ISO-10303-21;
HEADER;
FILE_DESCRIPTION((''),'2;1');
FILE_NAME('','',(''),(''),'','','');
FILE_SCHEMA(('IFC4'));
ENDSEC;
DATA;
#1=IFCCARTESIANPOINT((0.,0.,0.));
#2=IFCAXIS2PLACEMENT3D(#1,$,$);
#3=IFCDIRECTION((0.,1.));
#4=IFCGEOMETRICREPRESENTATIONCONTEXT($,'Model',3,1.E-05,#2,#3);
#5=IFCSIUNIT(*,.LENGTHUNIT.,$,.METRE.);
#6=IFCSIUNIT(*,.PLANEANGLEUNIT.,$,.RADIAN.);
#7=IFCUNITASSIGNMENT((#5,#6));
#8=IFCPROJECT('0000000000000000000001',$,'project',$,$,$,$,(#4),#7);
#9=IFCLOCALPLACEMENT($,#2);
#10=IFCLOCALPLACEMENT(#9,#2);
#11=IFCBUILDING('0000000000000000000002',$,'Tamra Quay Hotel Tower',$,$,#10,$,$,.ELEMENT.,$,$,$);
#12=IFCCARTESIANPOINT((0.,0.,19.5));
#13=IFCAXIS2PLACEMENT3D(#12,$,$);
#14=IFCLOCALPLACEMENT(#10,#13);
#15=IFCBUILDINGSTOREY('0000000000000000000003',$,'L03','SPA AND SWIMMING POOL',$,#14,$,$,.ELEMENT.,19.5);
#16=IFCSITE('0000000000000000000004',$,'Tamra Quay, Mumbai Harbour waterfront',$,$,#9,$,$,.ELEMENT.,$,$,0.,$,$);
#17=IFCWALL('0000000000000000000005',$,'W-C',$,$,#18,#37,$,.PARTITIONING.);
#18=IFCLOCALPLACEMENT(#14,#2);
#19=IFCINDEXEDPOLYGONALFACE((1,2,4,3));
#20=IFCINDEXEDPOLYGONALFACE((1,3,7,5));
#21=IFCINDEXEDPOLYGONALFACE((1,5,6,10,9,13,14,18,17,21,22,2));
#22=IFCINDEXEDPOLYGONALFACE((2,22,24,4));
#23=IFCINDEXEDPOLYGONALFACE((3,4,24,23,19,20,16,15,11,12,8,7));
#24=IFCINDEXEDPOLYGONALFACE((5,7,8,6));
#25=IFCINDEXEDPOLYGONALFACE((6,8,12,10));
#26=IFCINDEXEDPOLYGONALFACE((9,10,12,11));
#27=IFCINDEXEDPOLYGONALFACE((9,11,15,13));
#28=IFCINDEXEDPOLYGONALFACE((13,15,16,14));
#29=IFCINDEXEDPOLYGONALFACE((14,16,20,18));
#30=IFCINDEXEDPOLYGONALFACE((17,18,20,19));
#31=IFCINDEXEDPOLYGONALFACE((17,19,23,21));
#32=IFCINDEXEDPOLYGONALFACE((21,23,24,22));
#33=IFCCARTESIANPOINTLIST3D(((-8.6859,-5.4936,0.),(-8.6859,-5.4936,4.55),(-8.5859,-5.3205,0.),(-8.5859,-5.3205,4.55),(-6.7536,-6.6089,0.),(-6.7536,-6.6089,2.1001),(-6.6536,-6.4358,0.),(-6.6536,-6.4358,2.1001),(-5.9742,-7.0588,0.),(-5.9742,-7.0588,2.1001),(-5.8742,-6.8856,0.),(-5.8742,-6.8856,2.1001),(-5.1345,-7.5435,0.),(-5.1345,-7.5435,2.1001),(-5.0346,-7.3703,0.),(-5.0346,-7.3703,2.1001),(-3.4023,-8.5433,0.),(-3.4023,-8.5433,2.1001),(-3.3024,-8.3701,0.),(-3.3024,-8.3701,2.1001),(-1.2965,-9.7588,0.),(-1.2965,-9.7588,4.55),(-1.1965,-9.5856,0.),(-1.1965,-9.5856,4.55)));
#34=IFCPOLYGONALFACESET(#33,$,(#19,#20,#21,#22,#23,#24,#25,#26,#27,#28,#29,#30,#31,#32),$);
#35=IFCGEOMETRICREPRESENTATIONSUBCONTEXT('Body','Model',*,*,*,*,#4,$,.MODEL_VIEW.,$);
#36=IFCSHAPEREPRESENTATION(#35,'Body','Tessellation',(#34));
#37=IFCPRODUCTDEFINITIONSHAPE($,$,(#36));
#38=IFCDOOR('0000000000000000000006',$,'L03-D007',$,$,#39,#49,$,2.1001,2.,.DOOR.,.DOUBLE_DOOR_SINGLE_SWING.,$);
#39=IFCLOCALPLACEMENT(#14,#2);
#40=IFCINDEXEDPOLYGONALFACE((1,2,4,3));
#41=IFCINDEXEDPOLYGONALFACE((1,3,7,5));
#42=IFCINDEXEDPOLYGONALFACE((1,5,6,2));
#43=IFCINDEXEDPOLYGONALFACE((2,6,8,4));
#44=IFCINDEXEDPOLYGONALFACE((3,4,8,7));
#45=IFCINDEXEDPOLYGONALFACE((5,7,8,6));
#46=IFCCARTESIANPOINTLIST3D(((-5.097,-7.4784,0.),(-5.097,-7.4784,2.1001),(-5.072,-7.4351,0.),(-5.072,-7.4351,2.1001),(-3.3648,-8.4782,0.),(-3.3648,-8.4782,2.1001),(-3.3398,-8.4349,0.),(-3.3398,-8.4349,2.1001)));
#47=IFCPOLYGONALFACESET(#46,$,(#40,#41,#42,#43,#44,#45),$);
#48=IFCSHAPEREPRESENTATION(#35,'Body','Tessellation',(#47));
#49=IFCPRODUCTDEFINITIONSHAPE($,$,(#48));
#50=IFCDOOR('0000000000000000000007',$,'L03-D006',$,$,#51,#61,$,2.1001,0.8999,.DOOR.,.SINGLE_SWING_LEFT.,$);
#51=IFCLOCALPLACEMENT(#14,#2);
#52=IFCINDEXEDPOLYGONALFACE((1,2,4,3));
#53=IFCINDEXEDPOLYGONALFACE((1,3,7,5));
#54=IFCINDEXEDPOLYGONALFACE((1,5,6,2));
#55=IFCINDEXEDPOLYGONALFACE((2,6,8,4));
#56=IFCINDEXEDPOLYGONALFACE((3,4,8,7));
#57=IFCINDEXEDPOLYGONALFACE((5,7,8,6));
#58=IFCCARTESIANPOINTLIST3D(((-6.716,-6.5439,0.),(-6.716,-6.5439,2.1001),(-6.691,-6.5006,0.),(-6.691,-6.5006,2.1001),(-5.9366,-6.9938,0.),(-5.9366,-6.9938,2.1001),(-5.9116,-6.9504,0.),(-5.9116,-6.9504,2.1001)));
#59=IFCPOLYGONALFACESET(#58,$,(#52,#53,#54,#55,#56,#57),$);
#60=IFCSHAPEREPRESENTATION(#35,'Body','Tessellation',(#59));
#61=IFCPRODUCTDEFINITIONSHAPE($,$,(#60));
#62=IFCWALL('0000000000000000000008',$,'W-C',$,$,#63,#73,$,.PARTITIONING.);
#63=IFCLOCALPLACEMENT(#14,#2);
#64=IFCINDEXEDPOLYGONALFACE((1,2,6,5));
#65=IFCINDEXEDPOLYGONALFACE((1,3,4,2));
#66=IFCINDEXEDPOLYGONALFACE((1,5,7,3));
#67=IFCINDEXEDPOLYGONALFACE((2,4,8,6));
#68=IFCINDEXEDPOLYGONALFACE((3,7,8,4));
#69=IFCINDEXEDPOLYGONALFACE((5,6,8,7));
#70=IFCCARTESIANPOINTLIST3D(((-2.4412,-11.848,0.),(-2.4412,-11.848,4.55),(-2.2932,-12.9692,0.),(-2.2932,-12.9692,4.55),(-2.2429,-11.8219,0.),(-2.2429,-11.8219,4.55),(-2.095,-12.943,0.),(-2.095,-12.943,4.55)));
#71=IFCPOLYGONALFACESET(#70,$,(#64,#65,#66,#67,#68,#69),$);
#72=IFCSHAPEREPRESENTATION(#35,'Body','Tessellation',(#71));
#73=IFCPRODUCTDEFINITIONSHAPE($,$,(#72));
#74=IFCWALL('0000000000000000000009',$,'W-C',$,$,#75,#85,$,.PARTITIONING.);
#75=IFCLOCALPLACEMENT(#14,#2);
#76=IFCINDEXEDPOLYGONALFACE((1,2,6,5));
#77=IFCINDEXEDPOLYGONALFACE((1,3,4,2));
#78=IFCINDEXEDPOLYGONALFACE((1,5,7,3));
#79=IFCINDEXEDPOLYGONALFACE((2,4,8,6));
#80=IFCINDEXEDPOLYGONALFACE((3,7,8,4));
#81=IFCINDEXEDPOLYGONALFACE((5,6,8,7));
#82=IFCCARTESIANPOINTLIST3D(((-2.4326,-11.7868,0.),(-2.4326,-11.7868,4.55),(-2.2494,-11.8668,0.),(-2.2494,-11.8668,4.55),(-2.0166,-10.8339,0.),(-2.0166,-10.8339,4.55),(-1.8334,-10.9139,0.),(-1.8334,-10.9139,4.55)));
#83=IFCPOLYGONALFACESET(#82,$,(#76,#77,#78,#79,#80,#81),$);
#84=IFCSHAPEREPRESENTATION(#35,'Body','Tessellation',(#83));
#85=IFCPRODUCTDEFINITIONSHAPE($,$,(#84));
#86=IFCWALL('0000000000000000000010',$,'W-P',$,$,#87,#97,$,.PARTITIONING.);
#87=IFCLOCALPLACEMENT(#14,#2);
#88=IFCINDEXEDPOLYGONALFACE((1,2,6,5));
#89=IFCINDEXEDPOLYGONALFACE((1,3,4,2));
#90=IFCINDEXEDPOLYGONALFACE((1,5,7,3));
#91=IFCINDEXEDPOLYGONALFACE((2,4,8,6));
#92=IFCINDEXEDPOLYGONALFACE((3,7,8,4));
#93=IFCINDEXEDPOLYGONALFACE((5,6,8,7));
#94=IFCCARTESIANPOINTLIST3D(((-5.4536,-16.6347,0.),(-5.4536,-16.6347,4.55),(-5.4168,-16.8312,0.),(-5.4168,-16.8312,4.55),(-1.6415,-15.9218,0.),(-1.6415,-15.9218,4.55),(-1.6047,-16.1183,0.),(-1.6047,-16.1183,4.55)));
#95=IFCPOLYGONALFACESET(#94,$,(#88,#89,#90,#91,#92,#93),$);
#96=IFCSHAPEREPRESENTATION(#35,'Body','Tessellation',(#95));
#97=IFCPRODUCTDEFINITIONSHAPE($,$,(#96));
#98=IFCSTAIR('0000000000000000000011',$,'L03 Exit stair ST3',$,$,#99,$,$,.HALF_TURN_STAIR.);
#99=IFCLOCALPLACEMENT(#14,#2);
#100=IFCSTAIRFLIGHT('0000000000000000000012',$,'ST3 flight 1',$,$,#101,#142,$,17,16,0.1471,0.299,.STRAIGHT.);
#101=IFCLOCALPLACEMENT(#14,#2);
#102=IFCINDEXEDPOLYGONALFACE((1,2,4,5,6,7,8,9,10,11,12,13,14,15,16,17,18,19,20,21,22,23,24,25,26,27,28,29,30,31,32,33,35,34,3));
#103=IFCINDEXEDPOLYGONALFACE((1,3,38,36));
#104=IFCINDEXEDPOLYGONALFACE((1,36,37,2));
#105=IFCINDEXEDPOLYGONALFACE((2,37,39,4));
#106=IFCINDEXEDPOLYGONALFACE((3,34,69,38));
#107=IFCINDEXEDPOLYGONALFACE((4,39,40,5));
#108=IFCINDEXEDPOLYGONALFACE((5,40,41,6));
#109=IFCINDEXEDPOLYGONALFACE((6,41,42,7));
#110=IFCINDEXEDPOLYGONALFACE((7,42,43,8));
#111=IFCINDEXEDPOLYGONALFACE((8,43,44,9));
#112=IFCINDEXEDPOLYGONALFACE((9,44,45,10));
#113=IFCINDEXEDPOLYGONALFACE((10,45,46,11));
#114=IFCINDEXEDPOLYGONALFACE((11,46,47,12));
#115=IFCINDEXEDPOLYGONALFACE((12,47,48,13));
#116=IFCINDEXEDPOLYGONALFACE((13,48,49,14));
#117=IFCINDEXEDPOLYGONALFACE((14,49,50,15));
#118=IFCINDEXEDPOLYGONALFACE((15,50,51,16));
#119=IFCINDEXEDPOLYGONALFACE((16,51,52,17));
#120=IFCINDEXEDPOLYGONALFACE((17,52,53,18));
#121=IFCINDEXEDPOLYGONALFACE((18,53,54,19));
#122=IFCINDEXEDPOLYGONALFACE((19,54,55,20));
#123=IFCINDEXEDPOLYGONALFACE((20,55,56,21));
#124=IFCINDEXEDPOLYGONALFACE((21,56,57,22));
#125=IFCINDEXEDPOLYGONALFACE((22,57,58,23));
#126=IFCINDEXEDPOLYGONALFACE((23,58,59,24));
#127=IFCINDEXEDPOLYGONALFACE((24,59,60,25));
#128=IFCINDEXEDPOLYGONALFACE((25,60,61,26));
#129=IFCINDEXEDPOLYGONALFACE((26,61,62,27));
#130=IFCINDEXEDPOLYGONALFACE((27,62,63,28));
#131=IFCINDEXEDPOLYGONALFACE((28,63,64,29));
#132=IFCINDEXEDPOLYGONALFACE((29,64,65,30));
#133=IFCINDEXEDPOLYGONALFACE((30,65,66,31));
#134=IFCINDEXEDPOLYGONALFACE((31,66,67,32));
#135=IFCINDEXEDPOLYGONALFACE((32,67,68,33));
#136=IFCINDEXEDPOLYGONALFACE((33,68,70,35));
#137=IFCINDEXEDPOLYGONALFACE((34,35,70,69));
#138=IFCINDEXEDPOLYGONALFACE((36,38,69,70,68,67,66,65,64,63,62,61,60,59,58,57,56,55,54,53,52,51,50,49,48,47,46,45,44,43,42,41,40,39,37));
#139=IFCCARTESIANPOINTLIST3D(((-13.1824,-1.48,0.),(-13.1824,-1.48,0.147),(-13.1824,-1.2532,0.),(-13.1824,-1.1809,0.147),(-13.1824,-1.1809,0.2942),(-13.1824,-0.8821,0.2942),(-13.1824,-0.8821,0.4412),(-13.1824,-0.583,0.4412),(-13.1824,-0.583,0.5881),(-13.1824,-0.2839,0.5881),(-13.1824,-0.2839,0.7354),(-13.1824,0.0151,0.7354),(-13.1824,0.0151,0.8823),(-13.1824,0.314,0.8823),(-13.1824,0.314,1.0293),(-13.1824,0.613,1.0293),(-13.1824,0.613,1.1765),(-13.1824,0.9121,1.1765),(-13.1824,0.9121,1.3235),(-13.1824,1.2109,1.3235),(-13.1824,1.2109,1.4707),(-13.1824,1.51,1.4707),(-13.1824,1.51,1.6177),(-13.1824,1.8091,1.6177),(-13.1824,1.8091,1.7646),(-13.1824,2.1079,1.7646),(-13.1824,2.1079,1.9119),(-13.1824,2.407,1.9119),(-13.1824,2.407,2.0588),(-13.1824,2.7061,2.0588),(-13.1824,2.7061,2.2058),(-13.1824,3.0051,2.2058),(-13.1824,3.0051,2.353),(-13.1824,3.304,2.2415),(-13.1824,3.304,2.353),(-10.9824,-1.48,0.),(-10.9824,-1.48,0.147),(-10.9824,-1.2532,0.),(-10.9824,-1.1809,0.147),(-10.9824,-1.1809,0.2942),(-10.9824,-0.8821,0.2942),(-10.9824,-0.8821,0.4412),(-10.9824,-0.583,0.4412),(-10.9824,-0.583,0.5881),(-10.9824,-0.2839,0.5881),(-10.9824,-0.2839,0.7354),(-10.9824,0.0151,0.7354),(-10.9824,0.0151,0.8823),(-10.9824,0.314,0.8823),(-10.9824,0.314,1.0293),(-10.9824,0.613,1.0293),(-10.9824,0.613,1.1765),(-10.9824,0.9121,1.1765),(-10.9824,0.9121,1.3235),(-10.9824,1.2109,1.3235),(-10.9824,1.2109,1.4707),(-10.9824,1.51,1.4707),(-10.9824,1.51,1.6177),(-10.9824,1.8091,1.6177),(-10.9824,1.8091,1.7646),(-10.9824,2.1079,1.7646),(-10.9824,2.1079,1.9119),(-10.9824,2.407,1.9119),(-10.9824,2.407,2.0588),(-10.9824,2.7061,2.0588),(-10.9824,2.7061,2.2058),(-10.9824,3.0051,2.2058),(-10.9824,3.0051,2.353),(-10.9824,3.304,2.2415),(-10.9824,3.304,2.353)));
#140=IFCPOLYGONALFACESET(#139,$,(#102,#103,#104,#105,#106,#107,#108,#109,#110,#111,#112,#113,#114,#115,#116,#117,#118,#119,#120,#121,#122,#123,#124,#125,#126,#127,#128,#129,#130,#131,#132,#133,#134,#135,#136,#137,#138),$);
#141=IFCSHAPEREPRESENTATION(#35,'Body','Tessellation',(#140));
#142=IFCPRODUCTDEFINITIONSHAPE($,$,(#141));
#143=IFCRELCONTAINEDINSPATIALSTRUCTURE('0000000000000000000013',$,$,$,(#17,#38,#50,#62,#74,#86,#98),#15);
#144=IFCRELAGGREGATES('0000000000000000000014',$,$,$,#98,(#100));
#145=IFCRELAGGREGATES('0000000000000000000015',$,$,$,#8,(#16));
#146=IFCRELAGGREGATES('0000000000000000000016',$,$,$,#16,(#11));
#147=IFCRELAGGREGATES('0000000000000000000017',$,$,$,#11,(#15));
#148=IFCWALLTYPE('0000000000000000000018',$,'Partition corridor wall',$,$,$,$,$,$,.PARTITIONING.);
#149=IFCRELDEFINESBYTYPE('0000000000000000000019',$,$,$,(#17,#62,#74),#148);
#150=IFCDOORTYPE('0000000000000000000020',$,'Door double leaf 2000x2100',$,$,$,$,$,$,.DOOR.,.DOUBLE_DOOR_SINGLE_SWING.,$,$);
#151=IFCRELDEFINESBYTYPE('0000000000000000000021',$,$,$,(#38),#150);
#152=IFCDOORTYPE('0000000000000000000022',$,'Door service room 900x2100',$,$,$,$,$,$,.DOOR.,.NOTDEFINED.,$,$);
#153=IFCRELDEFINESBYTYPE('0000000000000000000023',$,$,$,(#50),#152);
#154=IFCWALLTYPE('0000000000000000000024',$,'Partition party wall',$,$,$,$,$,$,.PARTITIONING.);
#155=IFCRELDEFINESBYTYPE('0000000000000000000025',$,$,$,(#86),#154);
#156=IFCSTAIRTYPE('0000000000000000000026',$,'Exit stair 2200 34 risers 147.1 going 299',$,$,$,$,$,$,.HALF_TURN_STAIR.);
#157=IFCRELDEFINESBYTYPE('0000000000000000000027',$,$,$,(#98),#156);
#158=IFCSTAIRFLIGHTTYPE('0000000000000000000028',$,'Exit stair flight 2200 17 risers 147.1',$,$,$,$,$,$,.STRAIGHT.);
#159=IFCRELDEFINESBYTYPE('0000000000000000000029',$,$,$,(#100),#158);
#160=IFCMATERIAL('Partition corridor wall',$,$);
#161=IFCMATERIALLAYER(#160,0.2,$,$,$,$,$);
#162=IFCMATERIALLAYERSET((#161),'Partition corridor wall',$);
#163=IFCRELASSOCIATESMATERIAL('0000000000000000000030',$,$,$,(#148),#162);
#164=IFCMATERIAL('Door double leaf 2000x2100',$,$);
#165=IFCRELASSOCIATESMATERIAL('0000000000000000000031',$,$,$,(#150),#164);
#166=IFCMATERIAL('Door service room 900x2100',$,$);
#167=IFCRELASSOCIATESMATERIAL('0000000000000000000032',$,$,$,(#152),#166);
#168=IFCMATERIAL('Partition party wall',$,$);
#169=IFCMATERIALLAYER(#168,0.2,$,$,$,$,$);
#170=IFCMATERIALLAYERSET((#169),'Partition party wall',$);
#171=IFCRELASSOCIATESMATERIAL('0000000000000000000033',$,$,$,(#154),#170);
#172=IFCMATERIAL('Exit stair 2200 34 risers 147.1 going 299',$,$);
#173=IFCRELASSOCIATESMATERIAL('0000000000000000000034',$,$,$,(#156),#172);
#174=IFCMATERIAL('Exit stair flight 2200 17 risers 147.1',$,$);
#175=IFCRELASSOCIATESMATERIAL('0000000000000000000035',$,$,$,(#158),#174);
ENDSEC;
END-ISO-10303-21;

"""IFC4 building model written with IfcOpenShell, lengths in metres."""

from ifc_helpers import new_model, si_unit, direction, frame, frame_2d, origin, place, context, subcontext, project, spatial, polyline, rectangle, outline, extrude, material, layer, layer_set, type_object, element, fill, aggregate, save


model = new_model("IFC4")

# Units and contexts
model_context = context("Model", 3, precision=1e-05, world=origin(), true_north=direction((0.0, 1.0)))
body_context = subcontext(model_context, "Body", "Model", "MODEL_VIEW")
ifc_project = project(units=[si_unit("LENGTHUNIT", "METRE"), si_unit("PLANEANGLEUNIT", "RADIAN")], contexts=[model_context])

# Site, building, storey
site_placement = place(None, origin())
site = spatial("IfcSite", under=ifc_project, at=site_placement, Name="Tamra Quay, Mumbai Harbour waterfront", CompositionType="ELEMENT", RefElevation=0.0)
building_placement = place(site_placement, origin())
building = spatial("IfcBuilding", under=site, at=building_placement, Name="Tamra Quay Hotel Tower", CompositionType="ELEMENT")
storey_placement = place(building_placement, frame((0.0, 0.0, 19.5)))
storey = spatial("IfcBuildingStorey", under=building, at=storey_placement, Name="L03", Description="SPA AND SWIMMING POOL", CompositionType="ELEMENT", Elevation=19.5)

# Shared definitions
ifc_material_1 = material(Name="Partition corridor wall")
ifc_layer_1 = layer(ifc_material_1, 0.2)
ifc_layer_set_1 = layer_set([ifc_layer_1], Name="Partition corridor wall")
wall_type_1 = type_object("IfcWallType", Name="Partition corridor wall", PredefinedType="PARTITIONING", material=ifc_layer_set_1)

# Wall, openings, doors
wall_1_placement = place(storey_placement, frame((-8.636, -5.407, 0.0), z_axis=(0.0, 0.0, 1.0), x_axis=(0.866083, -0.4999, 0.0)))
wall_1 = element("IfcWall", 1, at=wall_1_placement, inside=storey, type_object=wall_type_1, Name="W-C", PredefinedType="PARTITIONING", context=body_context, shape_type="SweptSolid", body=[
    extrude(rectangle(XDim=8.532, YDim=0.2, at=frame_2d((4.2661, 0.0))), origin(), (0.0, 0.0, 1.0), 4.55),
])
opening_1_placement = place(wall_1_placement, frame((2.2312, 0.0, 0.0)))
opening_1 = element("IfcOpeningElement", 2, at=opening_1_placement, cuts=wall_1, PredefinedType="OPENING", context=body_context, shape_type="SweptSolid", body=[
    extrude(rectangle(XDim=0.8999, YDim=2.1001, at=frame_2d((0.45, 1.05))), frame((0.0, 0.1099, 0.0), z_axis=(0.0, -1.0, 0.0), x_axis=(1.0, 0.0, 0.0)), (0.0, 0.0, 1.0), 0.22),
])
opening_2_placement = place(wall_1_placement, frame((4.1006, 0.0, 0.0)))
opening_2 = element("IfcOpeningElement", 3, at=opening_2_placement, cuts=wall_1, PredefinedType="OPENING", context=body_context, shape_type="SweptSolid", body=[
    extrude(rectangle(XDim=2.0, YDim=2.1001, at=frame_2d((1.0, 1.05))), frame((0.0, 0.1099, 0.0), z_axis=(0.0, -1.0, 0.0), x_axis=(1.0, 0.0, 0.0)), (0.0, 0.0, 1.0), 0.22),
])
ifc_material_2 = material(Name="Door double leaf 2000x2100")
door_type_1 = type_object("IfcDoorType", Name="Door double leaf 2000x2100", OperationType="DOUBLE_DOOR_SINGLE_SWING", PredefinedType="DOOR", material=ifc_material_2)
door_1_placement = place(opening_2_placement, frame((2.0, 0.0, 0.0), z_axis=(0.0, 0.0, 1.0), x_axis=(-1.0, 0.0, 0.0)))
door_1 = element("IfcDoor", 4, at=door_1_placement, inside=storey, type_object=door_type_1, Name="L03-D007", OperationType="DOUBLE_DOOR_SINGLE_SWING", OverallHeight=2.1001, OverallWidth=2.0, PredefinedType="DOOR", context=body_context, shape_type="SweptSolid", body=[
    extrude(rectangle(XDim=2.0, YDim=2.1001, at=frame_2d((1.0, 1.05))), frame((0.0, 0.0249, 0.0), z_axis=(0.0, -1.0, 0.0), x_axis=(1.0, 0.0, 0.0)), (0.0, 0.0, 1.0), 0.05),
])
fill(opening_2, door_1)
ifc_material_3 = material(Name="Door service room 900x2100")
door_type_2 = type_object("IfcDoorType", Name="Door service room 900x2100", OperationType="NOTDEFINED", PredefinedType="DOOR", material=ifc_material_3)
door_2_placement = place(opening_1_placement, frame((0.8999, 0.0, 0.0), z_axis=(0.0, 0.0, 1.0), x_axis=(-1.0, 0.0, 0.0)))
door_2 = element("IfcDoor", 5, at=door_2_placement, inside=storey, type_object=door_type_2, Name="L03-D006", OperationType="SINGLE_SWING_LEFT", OverallHeight=2.1001, OverallWidth=0.8999, PredefinedType="DOOR", context=body_context, shape_type="SweptSolid", body=[
    extrude(rectangle(XDim=0.8999, YDim=2.1001, at=frame_2d((0.45, 1.05))), frame((0.0, 0.0249, 0.0), z_axis=(0.0, -1.0, 0.0), x_axis=(1.0, 0.0, 0.0)), (0.0, 0.0, 1.0), 0.05),
])
fill(opening_1, door_2)

# Walls
wall_2_placement = place(storey_placement, frame((-2.342, -11.835, 0.0), z_axis=(0.0, 0.0, 1.0), x_axis=(0.130834, -0.991404, 0.0)))
element("IfcWall", 6, at=wall_2_placement, inside=storey, type_object=wall_type_1, Name="W-C", PredefinedType="PARTITIONING", context=body_context, shape_type="SweptSolid", body=[
    extrude(rectangle(XDim=1.1309, YDim=0.2, at=frame_2d((0.5654, 0.0))), origin(), (0.0, 0.0, 1.0), 4.55),
])
wall_3_placement = place(storey_placement, frame((-2.3411, -11.8269, 0.0), z_axis=(0.0, 0.0, 1.0), x_axis=(0.400117, 0.916464, 0.0)))
element("IfcWall", 7, at=wall_3_placement, inside=storey, type_object=wall_type_1, Name="W-C", PredefinedType="PARTITIONING", context=body_context, shape_type="SweptSolid", body=[
    extrude(rectangle(XDim=1.0398, YDim=0.2, at=frame_2d((0.52, 0.0))), origin(), (0.0, 0.0, 1.0), 4.55),
])
ifc_material_4 = material(Name="Partition party wall")
ifc_layer_2 = layer(ifc_material_4, 0.2)
ifc_layer_set_2 = layer_set([ifc_layer_2], Name="Partition party wall")
wall_type_2 = type_object("IfcWallType", Name="Partition party wall", PredefinedType="PARTITIONING", material=ifc_layer_set_2)
wall_4_placement = place(storey_placement, frame((-5.4351, -16.7329, 0.0), z_axis=(0.0, 0.0, 1.0), x_axis=(0.982959, 0.183825, 0.0)))
element("IfcWall", 8, at=wall_4_placement, inside=storey, type_object=wall_type_2, Name="W-P", PredefinedType="PARTITIONING", context=body_context, shape_type="SweptSolid", body=[
    extrude(rectangle(XDim=3.8782, YDim=0.2, at=frame_2d((1.939, 0.0))), origin(), (0.0, 0.0, 1.0), 4.55),
])

# Stair, stair flight
ifc_material_5 = material(Name="Exit stair 2200 34 risers 147.1 going 299")
stair_type = type_object("IfcStairType", Name="Exit stair 2200 34 risers 147.1 going 299", PredefinedType="HALF_TURN_STAIR", material=ifc_material_5)
stair_placement = place(storey_placement, origin())
stair = element("IfcStair", 9, at=stair_placement, inside=storey, type_object=stair_type, Name="L03 Exit stair ST3", PredefinedType="HALF_TURN_STAIR")
ifc_material_6 = material(Name="Exit stair flight 2200 17 risers 147.1")
stair_flight_type = type_object("IfcStairFlightType", Name="Exit stair flight 2200 17 risers 147.1", PredefinedType="STRAIGHT", material=ifc_material_6)
stair_flight_placement = place(storey_placement, frame((-12.0823, -1.48, 0.0), z_axis=(0.0, 0.0, 1.0), x_axis=(0.0, 1.0, 0.0)))
stair_flight = element("IfcStairFlight", 10, at=stair_flight_placement, type_object=stair_flight_type, Name="ST3 flight 1", NumberOfRisers=17, NumberOfTreads=16, PredefinedType="STRAIGHT", RiserHeight=0.1471, TreadLength=0.299, context=body_context, shape_type="SweptSolid", body=[
    extrude(outline(polyline([(0.0, 0.0), (0.0, 0.147), (0.2991, 0.147), (0.2991, 0.2942), (0.5979, 0.2942), (0.5979, 0.4412), (0.897, 0.4412), (0.897, 0.5881), (1.196, 0.5881), (1.196, 0.7354), (1.4951, 0.7354), (1.4951, 0.8823), (1.7939, 0.8823), (1.7939, 1.0293), (2.093, 1.0293), (2.093, 1.1765), (2.3921, 1.1765), (2.3921, 1.3235), (2.6909, 1.3235), (2.6909, 1.4707), (2.99, 1.4707), (2.99, 1.6177), (3.2891, 1.6177), (3.2891, 1.7646), (3.5879, 1.7646), (3.5879, 1.9119), (3.887, 1.9119), (3.887, 2.0588), (4.186, 2.0588), (4.186, 2.2058), (4.4851, 2.2058), (4.4851, 2.353), (4.7839, 2.353), (4.7839, 2.5), (4.7839, 2.2415), (0.2268, 0.0), (0.0, 0.0)])), frame((0.0, 1.1001, 0.0), z_axis=(0.0, -1.0, 0.0), x_axis=(1.0, 0.0, 0.0)), (0.0, 0.0, 1.0), 2.2),
])
aggregate(stair, [stair_flight])

save(model, "model.ifc")
